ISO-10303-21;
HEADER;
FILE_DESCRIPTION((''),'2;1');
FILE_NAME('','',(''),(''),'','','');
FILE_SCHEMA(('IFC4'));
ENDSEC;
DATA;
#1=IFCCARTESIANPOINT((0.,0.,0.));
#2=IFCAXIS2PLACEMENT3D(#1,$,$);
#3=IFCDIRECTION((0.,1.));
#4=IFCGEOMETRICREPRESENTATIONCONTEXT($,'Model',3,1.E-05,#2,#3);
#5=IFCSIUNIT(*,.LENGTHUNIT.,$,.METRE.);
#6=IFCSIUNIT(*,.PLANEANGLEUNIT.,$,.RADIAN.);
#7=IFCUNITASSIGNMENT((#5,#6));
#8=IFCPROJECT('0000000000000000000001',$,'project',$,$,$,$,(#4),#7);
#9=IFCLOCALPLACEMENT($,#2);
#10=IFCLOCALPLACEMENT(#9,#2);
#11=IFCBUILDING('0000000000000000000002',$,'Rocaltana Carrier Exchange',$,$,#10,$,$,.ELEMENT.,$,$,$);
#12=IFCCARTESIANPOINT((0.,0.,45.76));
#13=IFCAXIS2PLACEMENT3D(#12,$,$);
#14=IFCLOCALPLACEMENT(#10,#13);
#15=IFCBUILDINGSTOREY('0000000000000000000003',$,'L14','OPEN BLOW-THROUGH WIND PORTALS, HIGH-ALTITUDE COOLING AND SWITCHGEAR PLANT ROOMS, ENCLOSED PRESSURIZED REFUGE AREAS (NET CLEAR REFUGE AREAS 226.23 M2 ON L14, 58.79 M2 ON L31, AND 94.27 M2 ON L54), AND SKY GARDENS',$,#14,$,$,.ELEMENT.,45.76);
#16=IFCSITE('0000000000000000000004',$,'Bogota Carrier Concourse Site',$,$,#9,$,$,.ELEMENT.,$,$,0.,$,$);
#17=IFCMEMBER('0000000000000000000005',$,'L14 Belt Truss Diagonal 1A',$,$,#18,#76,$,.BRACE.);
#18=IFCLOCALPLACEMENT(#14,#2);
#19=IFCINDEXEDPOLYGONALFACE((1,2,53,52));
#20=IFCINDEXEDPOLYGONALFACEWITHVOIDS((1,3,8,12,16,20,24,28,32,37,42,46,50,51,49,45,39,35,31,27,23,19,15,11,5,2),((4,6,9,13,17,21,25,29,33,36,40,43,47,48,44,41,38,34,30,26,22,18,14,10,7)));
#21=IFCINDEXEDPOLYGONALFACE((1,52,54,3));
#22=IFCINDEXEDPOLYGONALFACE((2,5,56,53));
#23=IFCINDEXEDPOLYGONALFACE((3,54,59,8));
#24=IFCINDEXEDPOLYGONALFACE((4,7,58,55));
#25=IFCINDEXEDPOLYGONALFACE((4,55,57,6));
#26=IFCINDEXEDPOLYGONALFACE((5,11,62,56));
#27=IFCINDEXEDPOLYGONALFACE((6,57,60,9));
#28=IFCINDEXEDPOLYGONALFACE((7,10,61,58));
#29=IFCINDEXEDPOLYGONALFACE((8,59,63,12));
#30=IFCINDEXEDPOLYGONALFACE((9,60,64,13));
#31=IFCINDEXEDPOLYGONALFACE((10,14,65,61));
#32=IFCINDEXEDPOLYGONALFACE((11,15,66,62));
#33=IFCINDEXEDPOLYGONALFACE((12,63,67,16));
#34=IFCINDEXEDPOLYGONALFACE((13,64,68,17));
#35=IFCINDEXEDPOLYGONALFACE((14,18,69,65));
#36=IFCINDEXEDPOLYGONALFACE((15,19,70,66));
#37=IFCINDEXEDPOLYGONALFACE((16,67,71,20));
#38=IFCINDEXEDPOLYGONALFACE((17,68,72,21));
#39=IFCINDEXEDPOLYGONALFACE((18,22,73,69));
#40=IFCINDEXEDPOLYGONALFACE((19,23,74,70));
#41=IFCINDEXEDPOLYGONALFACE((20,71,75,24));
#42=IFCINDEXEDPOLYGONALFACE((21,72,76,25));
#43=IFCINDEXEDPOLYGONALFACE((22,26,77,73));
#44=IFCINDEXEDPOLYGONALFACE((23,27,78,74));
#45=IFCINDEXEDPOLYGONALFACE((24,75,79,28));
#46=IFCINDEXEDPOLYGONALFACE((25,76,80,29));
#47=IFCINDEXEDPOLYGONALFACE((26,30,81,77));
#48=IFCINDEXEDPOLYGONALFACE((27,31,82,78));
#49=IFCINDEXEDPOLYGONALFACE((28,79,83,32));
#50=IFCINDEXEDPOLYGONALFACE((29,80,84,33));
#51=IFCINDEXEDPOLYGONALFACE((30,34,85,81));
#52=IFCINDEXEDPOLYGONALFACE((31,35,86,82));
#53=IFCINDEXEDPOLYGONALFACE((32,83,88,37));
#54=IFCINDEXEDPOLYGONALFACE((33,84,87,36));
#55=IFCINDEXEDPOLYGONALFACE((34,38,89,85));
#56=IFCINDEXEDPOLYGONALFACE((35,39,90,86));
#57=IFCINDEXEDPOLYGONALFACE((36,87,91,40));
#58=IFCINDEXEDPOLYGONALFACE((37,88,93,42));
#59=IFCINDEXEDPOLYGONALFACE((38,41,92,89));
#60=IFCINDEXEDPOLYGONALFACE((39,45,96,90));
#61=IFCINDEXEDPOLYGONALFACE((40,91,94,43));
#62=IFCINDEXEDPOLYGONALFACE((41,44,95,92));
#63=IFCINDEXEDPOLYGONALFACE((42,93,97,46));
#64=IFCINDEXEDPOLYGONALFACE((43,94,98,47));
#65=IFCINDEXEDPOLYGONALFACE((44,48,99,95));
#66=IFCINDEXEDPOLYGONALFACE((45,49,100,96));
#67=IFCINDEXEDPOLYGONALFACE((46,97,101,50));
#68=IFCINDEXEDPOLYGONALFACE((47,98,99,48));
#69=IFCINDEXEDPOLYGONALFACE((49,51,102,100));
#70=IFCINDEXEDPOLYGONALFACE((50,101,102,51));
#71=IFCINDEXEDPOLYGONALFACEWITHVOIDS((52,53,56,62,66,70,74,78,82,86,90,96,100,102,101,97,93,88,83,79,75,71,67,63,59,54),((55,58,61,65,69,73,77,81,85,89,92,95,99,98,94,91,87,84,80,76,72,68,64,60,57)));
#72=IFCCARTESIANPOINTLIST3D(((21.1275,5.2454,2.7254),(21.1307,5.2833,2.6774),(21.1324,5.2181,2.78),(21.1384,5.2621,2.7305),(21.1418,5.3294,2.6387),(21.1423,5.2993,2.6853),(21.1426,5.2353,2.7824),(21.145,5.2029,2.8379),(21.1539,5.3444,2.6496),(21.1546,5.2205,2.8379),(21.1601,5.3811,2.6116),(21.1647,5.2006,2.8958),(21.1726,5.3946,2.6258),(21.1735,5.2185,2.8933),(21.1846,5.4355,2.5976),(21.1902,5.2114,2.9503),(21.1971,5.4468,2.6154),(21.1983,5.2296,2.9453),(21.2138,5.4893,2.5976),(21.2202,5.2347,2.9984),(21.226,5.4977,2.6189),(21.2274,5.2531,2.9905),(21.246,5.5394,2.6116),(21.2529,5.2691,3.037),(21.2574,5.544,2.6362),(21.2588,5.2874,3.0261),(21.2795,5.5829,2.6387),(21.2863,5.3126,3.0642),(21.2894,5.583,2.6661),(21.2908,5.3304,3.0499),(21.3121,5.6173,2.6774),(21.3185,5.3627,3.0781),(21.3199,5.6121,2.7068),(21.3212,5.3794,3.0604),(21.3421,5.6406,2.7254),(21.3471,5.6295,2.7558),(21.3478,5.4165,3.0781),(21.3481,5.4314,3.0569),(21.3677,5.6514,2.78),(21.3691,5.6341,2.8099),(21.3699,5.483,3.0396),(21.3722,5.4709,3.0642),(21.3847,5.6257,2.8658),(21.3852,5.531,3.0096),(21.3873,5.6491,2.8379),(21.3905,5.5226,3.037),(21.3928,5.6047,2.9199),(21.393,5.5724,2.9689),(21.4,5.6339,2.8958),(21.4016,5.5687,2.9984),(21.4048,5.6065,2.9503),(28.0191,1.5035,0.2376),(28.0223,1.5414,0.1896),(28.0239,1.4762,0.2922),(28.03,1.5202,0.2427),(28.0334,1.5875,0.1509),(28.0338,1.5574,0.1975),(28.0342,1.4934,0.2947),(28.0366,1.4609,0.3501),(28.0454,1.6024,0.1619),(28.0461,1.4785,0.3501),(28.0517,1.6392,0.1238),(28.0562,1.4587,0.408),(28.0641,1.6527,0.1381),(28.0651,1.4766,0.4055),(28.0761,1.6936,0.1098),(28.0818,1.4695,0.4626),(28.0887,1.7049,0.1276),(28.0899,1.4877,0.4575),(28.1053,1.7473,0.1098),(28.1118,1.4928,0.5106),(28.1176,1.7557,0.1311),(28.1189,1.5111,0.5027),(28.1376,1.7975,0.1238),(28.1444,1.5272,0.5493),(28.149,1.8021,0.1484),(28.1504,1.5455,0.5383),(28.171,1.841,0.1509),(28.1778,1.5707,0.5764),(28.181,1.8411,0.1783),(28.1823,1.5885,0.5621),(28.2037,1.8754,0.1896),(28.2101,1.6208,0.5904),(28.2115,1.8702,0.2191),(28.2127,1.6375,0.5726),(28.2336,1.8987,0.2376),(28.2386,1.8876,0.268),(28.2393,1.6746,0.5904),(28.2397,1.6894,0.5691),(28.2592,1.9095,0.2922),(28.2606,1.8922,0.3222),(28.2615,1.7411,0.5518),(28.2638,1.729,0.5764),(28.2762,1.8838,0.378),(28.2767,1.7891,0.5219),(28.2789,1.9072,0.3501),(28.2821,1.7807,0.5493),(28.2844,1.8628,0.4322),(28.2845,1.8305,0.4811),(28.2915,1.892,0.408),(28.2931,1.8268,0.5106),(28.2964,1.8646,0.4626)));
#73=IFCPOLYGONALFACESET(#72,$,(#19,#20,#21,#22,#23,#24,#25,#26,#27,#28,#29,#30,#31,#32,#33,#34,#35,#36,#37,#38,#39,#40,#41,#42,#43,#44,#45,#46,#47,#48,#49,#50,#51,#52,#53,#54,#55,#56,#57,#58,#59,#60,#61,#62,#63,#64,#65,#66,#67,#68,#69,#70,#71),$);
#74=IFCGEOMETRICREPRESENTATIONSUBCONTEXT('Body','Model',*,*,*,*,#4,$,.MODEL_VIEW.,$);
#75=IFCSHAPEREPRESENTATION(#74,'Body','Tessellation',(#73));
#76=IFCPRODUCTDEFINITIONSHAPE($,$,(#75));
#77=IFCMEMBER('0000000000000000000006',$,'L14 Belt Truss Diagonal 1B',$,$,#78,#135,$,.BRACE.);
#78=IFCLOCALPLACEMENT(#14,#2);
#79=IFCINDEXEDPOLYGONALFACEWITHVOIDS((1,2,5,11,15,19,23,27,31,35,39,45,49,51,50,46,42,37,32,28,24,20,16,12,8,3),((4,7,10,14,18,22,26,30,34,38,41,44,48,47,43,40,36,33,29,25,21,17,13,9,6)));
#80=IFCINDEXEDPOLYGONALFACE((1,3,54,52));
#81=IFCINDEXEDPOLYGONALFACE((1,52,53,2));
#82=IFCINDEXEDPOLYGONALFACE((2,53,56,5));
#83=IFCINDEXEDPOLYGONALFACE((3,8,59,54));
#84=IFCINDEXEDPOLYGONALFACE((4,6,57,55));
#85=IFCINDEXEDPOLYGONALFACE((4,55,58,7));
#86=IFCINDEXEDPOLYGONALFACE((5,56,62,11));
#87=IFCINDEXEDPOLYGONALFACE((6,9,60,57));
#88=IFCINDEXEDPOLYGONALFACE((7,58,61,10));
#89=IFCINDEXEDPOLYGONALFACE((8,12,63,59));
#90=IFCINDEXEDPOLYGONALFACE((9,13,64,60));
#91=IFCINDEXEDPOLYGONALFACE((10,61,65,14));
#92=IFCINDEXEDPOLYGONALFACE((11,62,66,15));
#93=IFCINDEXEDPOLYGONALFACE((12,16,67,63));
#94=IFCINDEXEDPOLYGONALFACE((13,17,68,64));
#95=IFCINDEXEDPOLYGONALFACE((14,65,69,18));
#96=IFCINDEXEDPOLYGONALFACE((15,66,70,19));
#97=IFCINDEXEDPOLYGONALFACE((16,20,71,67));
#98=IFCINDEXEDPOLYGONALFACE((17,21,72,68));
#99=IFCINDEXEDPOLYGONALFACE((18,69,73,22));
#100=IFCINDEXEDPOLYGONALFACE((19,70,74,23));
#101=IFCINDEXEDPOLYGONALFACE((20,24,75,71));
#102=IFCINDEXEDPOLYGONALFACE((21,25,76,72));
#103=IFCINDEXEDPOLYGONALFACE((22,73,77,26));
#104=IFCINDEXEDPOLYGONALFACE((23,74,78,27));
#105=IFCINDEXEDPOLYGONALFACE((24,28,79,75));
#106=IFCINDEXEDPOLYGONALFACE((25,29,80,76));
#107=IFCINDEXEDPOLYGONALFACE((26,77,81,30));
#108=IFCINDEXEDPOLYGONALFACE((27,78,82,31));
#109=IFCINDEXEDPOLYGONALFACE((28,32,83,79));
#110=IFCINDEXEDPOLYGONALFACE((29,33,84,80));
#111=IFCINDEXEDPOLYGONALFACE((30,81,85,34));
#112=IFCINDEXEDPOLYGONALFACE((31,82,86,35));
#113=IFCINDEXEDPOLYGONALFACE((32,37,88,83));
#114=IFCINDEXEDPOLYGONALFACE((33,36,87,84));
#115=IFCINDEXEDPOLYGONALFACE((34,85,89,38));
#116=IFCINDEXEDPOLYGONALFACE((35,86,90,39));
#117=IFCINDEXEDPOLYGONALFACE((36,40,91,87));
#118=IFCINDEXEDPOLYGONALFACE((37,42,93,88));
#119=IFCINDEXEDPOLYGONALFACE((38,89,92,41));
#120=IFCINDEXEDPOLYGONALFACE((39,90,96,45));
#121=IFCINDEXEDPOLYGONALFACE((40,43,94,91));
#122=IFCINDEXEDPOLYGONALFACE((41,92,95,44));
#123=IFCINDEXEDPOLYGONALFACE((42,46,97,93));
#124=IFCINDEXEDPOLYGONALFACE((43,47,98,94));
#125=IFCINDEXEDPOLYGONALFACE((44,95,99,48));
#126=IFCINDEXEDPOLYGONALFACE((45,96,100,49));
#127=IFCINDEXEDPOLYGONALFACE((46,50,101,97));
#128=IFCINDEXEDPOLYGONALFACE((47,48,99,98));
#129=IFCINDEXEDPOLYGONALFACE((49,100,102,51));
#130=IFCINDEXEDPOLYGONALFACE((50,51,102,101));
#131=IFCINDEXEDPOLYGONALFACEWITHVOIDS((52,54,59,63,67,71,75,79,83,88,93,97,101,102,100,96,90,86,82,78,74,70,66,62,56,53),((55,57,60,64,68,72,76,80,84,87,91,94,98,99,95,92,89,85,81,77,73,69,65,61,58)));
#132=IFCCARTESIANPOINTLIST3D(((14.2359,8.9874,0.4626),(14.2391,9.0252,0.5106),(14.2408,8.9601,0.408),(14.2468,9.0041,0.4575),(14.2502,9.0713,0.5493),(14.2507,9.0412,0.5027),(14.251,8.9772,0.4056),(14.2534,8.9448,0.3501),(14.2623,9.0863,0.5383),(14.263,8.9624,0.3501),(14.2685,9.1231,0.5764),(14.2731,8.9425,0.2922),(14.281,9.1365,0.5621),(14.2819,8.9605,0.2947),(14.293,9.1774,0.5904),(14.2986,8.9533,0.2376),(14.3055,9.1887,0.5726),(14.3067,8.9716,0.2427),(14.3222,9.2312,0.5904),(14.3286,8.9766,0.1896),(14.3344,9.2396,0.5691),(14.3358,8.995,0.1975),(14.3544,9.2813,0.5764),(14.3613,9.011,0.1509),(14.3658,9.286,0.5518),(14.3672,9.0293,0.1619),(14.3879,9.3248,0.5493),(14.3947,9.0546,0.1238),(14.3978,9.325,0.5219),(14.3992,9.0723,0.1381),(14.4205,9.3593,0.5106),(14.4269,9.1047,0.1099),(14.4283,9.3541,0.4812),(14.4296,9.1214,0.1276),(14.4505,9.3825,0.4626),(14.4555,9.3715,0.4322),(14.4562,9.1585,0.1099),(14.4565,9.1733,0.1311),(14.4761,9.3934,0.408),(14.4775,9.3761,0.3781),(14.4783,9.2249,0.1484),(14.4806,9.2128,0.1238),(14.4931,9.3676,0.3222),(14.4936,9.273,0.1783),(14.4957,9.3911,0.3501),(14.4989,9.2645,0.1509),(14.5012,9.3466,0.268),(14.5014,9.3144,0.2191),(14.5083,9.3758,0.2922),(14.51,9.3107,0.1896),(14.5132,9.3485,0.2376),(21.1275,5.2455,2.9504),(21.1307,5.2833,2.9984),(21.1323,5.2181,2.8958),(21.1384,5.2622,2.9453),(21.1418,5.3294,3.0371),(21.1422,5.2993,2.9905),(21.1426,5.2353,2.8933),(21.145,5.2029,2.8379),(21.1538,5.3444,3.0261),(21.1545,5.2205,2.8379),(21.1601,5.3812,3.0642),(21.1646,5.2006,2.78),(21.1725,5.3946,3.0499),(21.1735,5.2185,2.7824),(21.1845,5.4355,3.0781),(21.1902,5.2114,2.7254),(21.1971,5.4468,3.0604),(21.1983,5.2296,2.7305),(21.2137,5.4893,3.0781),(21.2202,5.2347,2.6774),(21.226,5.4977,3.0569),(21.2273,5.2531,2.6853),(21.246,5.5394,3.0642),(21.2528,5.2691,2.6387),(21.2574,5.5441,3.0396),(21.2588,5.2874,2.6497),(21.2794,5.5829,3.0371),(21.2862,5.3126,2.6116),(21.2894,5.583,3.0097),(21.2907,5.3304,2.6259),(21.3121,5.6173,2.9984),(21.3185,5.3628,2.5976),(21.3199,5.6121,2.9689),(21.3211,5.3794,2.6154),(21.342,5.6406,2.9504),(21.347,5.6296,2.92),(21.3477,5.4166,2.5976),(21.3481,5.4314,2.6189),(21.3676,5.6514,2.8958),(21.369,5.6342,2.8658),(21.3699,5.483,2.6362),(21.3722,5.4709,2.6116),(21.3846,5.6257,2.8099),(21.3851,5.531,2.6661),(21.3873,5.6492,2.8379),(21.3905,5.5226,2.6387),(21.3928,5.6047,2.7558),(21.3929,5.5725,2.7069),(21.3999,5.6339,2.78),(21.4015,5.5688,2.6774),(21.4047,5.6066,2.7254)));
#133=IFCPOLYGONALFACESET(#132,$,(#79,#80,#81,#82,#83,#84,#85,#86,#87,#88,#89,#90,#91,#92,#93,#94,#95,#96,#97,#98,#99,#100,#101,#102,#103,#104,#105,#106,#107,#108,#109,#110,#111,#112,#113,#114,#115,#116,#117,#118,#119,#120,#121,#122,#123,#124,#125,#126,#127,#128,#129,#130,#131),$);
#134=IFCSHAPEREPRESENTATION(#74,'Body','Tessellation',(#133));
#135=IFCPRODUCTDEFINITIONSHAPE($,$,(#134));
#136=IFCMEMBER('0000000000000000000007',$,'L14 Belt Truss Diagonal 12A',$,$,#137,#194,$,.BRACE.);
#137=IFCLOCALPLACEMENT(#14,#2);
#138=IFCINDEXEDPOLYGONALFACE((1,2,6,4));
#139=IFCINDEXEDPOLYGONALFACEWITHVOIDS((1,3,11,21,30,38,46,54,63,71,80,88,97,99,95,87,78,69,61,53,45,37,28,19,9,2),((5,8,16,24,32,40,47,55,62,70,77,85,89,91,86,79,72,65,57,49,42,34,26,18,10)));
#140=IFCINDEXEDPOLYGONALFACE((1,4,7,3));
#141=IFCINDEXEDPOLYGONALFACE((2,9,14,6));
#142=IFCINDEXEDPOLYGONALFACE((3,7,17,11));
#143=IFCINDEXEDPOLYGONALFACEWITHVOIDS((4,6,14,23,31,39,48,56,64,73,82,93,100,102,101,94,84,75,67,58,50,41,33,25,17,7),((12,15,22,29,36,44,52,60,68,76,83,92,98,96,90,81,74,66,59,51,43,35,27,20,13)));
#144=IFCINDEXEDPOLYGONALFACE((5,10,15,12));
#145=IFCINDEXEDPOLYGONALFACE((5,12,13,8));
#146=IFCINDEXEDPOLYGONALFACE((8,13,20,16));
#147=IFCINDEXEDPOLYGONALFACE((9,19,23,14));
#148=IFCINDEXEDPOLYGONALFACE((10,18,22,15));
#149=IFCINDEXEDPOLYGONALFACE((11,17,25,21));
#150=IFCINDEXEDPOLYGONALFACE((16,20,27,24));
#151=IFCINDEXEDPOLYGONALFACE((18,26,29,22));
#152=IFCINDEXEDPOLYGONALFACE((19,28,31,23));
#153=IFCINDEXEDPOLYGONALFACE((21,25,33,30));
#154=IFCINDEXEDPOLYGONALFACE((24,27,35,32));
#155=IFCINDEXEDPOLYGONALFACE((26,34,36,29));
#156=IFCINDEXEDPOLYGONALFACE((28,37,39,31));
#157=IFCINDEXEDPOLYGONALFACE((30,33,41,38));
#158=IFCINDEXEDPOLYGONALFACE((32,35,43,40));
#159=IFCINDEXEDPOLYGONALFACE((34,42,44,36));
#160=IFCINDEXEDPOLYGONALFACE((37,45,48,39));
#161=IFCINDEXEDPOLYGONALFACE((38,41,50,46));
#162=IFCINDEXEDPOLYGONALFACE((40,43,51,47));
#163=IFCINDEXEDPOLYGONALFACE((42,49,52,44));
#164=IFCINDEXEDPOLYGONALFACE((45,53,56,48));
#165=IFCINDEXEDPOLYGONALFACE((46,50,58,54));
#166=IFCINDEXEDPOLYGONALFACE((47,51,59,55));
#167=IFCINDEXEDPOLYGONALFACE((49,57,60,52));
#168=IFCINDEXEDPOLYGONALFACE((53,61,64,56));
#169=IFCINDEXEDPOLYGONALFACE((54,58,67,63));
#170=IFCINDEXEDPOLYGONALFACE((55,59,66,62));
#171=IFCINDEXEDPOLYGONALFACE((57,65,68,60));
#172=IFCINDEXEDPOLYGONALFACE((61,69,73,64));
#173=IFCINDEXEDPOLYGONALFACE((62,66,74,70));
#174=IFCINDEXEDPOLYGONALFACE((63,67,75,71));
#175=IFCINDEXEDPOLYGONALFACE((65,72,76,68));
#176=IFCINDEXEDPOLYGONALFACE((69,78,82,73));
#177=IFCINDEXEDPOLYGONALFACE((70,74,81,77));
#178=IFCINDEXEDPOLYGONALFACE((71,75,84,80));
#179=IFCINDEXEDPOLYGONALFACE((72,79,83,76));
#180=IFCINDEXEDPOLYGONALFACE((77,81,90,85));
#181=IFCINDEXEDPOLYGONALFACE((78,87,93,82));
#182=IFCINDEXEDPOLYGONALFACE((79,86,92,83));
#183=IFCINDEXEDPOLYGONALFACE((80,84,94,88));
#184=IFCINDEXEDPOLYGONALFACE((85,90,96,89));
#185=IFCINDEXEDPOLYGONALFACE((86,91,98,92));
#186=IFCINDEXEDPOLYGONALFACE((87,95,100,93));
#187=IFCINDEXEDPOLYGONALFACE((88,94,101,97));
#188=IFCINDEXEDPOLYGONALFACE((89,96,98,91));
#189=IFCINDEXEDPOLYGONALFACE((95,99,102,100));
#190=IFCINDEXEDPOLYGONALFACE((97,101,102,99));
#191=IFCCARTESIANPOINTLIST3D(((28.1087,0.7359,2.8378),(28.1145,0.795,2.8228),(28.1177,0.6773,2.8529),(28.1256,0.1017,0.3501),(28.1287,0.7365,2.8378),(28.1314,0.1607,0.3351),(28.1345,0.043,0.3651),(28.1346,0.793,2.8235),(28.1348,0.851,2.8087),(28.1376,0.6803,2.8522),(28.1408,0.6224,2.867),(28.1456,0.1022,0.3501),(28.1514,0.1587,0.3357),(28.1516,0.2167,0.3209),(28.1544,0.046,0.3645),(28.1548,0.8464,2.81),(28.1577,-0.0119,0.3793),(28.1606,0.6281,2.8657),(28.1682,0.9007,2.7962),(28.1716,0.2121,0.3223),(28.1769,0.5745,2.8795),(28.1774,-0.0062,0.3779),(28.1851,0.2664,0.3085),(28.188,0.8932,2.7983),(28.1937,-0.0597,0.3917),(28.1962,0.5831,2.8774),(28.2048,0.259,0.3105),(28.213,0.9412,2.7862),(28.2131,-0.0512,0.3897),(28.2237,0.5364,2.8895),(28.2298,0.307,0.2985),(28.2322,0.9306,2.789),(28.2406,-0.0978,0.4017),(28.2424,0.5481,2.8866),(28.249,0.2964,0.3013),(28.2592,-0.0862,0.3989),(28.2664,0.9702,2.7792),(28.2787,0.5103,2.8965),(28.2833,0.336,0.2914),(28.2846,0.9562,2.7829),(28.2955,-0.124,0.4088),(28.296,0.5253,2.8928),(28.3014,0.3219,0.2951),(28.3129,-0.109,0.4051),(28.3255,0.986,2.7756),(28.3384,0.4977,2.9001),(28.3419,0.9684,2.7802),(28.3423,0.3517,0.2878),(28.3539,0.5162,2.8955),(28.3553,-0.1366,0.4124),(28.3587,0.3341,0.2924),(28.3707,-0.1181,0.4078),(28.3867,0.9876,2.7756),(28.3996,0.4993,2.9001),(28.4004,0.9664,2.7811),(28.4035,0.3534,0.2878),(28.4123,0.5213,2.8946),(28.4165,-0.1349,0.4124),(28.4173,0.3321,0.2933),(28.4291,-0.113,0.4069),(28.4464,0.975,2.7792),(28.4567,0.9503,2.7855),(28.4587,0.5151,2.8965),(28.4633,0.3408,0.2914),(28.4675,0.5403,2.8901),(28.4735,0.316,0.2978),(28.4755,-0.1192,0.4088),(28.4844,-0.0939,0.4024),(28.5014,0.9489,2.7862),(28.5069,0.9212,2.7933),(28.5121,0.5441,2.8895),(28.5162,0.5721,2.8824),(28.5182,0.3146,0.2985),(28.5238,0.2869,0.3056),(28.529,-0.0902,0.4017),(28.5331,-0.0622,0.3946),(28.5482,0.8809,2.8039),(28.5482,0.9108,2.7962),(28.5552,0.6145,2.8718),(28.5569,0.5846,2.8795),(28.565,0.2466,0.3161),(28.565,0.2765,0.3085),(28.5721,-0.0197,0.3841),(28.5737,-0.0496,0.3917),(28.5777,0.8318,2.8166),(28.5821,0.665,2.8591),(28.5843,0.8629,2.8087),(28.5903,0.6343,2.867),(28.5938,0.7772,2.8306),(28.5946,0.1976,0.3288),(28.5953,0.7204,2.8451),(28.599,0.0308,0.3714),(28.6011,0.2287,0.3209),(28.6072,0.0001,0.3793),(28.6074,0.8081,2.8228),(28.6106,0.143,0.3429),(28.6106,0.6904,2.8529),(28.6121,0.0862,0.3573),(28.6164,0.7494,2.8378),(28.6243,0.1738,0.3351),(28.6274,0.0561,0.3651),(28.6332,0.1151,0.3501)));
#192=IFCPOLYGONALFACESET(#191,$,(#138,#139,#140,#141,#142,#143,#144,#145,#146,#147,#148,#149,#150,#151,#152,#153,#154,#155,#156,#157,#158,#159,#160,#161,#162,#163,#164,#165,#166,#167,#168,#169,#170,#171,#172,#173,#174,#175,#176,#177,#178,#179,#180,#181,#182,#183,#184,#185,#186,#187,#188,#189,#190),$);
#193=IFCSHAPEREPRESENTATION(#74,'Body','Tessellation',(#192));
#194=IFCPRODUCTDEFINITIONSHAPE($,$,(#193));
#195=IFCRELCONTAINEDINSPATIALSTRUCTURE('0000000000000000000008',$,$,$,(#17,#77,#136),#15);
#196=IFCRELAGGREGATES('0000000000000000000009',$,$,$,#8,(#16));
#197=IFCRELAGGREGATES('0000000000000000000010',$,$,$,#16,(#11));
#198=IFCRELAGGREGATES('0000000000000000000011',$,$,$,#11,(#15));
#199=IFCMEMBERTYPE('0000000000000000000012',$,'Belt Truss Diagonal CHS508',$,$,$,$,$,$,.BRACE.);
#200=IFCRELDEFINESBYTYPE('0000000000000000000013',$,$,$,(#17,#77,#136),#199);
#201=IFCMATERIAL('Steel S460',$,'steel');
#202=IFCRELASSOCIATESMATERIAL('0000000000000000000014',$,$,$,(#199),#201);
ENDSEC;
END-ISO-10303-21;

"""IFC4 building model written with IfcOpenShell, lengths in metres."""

from ifc_helpers import new_model, si_unit, direction, frame, origin, origin_2d, place, context, subcontext, project, spatial, hollow_circle, extrude, material, material_profile, profile_set, type_object, element, save


model = new_model("IFC4")

# Units and contexts
model_context = context("Model", 3, precision=1e-05, world=origin(), true_north=direction((0.0, 1.0)))
body_context = subcontext(model_context, "Body", "Model", "MODEL_VIEW")
ifc_project = project(units=[si_unit("LENGTHUNIT", "METRE"), si_unit("PLANEANGLEUNIT", "RADIAN")], contexts=[model_context])

# Site, building, storey
site_placement = place(None, origin())
site = spatial("IfcSite", under=ifc_project, at=site_placement, Name="Bogota Carrier Concourse Site", CompositionType="ELEMENT", RefElevation=0.0)
building_placement = place(site_placement, origin())
building = spatial("IfcBuilding", under=site, at=building_placement, Name="Rocaltana Carrier Exchange", CompositionType="ELEMENT")
storey_placement = place(building_placement, frame((0.0, 0.0, 45.76)))
storey = spatial("IfcBuildingStorey", under=building, at=storey_placement, Name="L14", Description="OPEN BLOW-THROUGH WIND PORTALS, HIGH-ALTITUDE COOLING AND SWITCHGEAR PLANT ROOMS, ENCLOSED PRESSURIZED REFUGE AREAS (NET CLEAR REFUGE AREAS 226.23 M2 ON L14, 58.79 M2 ON L31, AND 94.27 M2 ON L54), AND SKY GARDENS", CompositionType="ELEMENT", Elevation=45.76)

# Members
ifc_material_1 = material(Name="Steel S460", Category="steel")
ifc_material_profile_1 = material_profile(ifc_material_1, hollow_circle(Radius=0.2539, WallThickness=0.02, at=origin_2d()), Name="CHS508X20")
ifc_profile_set_1 = profile_set([ifc_material_profile_1], Name="Steel S460")
member_type_1 = type_object("IfcMemberType", Name="Belt Truss Diagonal CHS508", PredefinedType="BRACE", material=ifc_profile_set_1)
for number, where, z_axis, x_axis, name in (
    (1, (28.1577, 1.6841, 0.3501), (-0.837669, 0.454831, 0.302389), (-0.477169, -0.878811, 0.0), "L14 Belt Truss Diagonal 1A"),
    (2, (21.2661, 5.426, 2.8379), (-0.837669, 0.454831, -0.302389), (-0.477169, -0.878811, 0.0), "L14 Belt Truss Diagonal 1B"),
):
    element("IfcMember", number, at=place(storey_placement, frame(where, z_axis=z_axis, x_axis=x_axis)), inside=storey, type_object=member_type_1, Name=name, PredefinedType="BRACE", context=body_context, shape_type="SweptSolid", body=[
        extrude(hollow_circle(Radius=0.2539, WallThickness=0.02, at=origin_2d()), origin(), (0.0, 0.0, 1.0), 8.2271),
    ])
for number, where, z_axis, x_axis, name in (
    (3, (28.3794, 0.1084, 0.3501), (-0.006561, 0.247047, 0.968981), (-0.999647, -0.02655, 0.0), "L14 Belt Truss Diagonal 12A"),
):
    element("IfcMember", number, at=place(storey_placement, frame(where, z_axis=z_axis, x_axis=x_axis)), inside=storey, type_object=member_type_1, Name=name, PredefinedType="BRACE", context=body_context, shape_type="SweptSolid", body=[
        extrude(hollow_circle(Radius=0.2539, WallThickness=0.02, at=origin_2d()), origin(), (0.0, 0.0, 1.0), 2.5674),
    ])

save(model, "model.ifc")
